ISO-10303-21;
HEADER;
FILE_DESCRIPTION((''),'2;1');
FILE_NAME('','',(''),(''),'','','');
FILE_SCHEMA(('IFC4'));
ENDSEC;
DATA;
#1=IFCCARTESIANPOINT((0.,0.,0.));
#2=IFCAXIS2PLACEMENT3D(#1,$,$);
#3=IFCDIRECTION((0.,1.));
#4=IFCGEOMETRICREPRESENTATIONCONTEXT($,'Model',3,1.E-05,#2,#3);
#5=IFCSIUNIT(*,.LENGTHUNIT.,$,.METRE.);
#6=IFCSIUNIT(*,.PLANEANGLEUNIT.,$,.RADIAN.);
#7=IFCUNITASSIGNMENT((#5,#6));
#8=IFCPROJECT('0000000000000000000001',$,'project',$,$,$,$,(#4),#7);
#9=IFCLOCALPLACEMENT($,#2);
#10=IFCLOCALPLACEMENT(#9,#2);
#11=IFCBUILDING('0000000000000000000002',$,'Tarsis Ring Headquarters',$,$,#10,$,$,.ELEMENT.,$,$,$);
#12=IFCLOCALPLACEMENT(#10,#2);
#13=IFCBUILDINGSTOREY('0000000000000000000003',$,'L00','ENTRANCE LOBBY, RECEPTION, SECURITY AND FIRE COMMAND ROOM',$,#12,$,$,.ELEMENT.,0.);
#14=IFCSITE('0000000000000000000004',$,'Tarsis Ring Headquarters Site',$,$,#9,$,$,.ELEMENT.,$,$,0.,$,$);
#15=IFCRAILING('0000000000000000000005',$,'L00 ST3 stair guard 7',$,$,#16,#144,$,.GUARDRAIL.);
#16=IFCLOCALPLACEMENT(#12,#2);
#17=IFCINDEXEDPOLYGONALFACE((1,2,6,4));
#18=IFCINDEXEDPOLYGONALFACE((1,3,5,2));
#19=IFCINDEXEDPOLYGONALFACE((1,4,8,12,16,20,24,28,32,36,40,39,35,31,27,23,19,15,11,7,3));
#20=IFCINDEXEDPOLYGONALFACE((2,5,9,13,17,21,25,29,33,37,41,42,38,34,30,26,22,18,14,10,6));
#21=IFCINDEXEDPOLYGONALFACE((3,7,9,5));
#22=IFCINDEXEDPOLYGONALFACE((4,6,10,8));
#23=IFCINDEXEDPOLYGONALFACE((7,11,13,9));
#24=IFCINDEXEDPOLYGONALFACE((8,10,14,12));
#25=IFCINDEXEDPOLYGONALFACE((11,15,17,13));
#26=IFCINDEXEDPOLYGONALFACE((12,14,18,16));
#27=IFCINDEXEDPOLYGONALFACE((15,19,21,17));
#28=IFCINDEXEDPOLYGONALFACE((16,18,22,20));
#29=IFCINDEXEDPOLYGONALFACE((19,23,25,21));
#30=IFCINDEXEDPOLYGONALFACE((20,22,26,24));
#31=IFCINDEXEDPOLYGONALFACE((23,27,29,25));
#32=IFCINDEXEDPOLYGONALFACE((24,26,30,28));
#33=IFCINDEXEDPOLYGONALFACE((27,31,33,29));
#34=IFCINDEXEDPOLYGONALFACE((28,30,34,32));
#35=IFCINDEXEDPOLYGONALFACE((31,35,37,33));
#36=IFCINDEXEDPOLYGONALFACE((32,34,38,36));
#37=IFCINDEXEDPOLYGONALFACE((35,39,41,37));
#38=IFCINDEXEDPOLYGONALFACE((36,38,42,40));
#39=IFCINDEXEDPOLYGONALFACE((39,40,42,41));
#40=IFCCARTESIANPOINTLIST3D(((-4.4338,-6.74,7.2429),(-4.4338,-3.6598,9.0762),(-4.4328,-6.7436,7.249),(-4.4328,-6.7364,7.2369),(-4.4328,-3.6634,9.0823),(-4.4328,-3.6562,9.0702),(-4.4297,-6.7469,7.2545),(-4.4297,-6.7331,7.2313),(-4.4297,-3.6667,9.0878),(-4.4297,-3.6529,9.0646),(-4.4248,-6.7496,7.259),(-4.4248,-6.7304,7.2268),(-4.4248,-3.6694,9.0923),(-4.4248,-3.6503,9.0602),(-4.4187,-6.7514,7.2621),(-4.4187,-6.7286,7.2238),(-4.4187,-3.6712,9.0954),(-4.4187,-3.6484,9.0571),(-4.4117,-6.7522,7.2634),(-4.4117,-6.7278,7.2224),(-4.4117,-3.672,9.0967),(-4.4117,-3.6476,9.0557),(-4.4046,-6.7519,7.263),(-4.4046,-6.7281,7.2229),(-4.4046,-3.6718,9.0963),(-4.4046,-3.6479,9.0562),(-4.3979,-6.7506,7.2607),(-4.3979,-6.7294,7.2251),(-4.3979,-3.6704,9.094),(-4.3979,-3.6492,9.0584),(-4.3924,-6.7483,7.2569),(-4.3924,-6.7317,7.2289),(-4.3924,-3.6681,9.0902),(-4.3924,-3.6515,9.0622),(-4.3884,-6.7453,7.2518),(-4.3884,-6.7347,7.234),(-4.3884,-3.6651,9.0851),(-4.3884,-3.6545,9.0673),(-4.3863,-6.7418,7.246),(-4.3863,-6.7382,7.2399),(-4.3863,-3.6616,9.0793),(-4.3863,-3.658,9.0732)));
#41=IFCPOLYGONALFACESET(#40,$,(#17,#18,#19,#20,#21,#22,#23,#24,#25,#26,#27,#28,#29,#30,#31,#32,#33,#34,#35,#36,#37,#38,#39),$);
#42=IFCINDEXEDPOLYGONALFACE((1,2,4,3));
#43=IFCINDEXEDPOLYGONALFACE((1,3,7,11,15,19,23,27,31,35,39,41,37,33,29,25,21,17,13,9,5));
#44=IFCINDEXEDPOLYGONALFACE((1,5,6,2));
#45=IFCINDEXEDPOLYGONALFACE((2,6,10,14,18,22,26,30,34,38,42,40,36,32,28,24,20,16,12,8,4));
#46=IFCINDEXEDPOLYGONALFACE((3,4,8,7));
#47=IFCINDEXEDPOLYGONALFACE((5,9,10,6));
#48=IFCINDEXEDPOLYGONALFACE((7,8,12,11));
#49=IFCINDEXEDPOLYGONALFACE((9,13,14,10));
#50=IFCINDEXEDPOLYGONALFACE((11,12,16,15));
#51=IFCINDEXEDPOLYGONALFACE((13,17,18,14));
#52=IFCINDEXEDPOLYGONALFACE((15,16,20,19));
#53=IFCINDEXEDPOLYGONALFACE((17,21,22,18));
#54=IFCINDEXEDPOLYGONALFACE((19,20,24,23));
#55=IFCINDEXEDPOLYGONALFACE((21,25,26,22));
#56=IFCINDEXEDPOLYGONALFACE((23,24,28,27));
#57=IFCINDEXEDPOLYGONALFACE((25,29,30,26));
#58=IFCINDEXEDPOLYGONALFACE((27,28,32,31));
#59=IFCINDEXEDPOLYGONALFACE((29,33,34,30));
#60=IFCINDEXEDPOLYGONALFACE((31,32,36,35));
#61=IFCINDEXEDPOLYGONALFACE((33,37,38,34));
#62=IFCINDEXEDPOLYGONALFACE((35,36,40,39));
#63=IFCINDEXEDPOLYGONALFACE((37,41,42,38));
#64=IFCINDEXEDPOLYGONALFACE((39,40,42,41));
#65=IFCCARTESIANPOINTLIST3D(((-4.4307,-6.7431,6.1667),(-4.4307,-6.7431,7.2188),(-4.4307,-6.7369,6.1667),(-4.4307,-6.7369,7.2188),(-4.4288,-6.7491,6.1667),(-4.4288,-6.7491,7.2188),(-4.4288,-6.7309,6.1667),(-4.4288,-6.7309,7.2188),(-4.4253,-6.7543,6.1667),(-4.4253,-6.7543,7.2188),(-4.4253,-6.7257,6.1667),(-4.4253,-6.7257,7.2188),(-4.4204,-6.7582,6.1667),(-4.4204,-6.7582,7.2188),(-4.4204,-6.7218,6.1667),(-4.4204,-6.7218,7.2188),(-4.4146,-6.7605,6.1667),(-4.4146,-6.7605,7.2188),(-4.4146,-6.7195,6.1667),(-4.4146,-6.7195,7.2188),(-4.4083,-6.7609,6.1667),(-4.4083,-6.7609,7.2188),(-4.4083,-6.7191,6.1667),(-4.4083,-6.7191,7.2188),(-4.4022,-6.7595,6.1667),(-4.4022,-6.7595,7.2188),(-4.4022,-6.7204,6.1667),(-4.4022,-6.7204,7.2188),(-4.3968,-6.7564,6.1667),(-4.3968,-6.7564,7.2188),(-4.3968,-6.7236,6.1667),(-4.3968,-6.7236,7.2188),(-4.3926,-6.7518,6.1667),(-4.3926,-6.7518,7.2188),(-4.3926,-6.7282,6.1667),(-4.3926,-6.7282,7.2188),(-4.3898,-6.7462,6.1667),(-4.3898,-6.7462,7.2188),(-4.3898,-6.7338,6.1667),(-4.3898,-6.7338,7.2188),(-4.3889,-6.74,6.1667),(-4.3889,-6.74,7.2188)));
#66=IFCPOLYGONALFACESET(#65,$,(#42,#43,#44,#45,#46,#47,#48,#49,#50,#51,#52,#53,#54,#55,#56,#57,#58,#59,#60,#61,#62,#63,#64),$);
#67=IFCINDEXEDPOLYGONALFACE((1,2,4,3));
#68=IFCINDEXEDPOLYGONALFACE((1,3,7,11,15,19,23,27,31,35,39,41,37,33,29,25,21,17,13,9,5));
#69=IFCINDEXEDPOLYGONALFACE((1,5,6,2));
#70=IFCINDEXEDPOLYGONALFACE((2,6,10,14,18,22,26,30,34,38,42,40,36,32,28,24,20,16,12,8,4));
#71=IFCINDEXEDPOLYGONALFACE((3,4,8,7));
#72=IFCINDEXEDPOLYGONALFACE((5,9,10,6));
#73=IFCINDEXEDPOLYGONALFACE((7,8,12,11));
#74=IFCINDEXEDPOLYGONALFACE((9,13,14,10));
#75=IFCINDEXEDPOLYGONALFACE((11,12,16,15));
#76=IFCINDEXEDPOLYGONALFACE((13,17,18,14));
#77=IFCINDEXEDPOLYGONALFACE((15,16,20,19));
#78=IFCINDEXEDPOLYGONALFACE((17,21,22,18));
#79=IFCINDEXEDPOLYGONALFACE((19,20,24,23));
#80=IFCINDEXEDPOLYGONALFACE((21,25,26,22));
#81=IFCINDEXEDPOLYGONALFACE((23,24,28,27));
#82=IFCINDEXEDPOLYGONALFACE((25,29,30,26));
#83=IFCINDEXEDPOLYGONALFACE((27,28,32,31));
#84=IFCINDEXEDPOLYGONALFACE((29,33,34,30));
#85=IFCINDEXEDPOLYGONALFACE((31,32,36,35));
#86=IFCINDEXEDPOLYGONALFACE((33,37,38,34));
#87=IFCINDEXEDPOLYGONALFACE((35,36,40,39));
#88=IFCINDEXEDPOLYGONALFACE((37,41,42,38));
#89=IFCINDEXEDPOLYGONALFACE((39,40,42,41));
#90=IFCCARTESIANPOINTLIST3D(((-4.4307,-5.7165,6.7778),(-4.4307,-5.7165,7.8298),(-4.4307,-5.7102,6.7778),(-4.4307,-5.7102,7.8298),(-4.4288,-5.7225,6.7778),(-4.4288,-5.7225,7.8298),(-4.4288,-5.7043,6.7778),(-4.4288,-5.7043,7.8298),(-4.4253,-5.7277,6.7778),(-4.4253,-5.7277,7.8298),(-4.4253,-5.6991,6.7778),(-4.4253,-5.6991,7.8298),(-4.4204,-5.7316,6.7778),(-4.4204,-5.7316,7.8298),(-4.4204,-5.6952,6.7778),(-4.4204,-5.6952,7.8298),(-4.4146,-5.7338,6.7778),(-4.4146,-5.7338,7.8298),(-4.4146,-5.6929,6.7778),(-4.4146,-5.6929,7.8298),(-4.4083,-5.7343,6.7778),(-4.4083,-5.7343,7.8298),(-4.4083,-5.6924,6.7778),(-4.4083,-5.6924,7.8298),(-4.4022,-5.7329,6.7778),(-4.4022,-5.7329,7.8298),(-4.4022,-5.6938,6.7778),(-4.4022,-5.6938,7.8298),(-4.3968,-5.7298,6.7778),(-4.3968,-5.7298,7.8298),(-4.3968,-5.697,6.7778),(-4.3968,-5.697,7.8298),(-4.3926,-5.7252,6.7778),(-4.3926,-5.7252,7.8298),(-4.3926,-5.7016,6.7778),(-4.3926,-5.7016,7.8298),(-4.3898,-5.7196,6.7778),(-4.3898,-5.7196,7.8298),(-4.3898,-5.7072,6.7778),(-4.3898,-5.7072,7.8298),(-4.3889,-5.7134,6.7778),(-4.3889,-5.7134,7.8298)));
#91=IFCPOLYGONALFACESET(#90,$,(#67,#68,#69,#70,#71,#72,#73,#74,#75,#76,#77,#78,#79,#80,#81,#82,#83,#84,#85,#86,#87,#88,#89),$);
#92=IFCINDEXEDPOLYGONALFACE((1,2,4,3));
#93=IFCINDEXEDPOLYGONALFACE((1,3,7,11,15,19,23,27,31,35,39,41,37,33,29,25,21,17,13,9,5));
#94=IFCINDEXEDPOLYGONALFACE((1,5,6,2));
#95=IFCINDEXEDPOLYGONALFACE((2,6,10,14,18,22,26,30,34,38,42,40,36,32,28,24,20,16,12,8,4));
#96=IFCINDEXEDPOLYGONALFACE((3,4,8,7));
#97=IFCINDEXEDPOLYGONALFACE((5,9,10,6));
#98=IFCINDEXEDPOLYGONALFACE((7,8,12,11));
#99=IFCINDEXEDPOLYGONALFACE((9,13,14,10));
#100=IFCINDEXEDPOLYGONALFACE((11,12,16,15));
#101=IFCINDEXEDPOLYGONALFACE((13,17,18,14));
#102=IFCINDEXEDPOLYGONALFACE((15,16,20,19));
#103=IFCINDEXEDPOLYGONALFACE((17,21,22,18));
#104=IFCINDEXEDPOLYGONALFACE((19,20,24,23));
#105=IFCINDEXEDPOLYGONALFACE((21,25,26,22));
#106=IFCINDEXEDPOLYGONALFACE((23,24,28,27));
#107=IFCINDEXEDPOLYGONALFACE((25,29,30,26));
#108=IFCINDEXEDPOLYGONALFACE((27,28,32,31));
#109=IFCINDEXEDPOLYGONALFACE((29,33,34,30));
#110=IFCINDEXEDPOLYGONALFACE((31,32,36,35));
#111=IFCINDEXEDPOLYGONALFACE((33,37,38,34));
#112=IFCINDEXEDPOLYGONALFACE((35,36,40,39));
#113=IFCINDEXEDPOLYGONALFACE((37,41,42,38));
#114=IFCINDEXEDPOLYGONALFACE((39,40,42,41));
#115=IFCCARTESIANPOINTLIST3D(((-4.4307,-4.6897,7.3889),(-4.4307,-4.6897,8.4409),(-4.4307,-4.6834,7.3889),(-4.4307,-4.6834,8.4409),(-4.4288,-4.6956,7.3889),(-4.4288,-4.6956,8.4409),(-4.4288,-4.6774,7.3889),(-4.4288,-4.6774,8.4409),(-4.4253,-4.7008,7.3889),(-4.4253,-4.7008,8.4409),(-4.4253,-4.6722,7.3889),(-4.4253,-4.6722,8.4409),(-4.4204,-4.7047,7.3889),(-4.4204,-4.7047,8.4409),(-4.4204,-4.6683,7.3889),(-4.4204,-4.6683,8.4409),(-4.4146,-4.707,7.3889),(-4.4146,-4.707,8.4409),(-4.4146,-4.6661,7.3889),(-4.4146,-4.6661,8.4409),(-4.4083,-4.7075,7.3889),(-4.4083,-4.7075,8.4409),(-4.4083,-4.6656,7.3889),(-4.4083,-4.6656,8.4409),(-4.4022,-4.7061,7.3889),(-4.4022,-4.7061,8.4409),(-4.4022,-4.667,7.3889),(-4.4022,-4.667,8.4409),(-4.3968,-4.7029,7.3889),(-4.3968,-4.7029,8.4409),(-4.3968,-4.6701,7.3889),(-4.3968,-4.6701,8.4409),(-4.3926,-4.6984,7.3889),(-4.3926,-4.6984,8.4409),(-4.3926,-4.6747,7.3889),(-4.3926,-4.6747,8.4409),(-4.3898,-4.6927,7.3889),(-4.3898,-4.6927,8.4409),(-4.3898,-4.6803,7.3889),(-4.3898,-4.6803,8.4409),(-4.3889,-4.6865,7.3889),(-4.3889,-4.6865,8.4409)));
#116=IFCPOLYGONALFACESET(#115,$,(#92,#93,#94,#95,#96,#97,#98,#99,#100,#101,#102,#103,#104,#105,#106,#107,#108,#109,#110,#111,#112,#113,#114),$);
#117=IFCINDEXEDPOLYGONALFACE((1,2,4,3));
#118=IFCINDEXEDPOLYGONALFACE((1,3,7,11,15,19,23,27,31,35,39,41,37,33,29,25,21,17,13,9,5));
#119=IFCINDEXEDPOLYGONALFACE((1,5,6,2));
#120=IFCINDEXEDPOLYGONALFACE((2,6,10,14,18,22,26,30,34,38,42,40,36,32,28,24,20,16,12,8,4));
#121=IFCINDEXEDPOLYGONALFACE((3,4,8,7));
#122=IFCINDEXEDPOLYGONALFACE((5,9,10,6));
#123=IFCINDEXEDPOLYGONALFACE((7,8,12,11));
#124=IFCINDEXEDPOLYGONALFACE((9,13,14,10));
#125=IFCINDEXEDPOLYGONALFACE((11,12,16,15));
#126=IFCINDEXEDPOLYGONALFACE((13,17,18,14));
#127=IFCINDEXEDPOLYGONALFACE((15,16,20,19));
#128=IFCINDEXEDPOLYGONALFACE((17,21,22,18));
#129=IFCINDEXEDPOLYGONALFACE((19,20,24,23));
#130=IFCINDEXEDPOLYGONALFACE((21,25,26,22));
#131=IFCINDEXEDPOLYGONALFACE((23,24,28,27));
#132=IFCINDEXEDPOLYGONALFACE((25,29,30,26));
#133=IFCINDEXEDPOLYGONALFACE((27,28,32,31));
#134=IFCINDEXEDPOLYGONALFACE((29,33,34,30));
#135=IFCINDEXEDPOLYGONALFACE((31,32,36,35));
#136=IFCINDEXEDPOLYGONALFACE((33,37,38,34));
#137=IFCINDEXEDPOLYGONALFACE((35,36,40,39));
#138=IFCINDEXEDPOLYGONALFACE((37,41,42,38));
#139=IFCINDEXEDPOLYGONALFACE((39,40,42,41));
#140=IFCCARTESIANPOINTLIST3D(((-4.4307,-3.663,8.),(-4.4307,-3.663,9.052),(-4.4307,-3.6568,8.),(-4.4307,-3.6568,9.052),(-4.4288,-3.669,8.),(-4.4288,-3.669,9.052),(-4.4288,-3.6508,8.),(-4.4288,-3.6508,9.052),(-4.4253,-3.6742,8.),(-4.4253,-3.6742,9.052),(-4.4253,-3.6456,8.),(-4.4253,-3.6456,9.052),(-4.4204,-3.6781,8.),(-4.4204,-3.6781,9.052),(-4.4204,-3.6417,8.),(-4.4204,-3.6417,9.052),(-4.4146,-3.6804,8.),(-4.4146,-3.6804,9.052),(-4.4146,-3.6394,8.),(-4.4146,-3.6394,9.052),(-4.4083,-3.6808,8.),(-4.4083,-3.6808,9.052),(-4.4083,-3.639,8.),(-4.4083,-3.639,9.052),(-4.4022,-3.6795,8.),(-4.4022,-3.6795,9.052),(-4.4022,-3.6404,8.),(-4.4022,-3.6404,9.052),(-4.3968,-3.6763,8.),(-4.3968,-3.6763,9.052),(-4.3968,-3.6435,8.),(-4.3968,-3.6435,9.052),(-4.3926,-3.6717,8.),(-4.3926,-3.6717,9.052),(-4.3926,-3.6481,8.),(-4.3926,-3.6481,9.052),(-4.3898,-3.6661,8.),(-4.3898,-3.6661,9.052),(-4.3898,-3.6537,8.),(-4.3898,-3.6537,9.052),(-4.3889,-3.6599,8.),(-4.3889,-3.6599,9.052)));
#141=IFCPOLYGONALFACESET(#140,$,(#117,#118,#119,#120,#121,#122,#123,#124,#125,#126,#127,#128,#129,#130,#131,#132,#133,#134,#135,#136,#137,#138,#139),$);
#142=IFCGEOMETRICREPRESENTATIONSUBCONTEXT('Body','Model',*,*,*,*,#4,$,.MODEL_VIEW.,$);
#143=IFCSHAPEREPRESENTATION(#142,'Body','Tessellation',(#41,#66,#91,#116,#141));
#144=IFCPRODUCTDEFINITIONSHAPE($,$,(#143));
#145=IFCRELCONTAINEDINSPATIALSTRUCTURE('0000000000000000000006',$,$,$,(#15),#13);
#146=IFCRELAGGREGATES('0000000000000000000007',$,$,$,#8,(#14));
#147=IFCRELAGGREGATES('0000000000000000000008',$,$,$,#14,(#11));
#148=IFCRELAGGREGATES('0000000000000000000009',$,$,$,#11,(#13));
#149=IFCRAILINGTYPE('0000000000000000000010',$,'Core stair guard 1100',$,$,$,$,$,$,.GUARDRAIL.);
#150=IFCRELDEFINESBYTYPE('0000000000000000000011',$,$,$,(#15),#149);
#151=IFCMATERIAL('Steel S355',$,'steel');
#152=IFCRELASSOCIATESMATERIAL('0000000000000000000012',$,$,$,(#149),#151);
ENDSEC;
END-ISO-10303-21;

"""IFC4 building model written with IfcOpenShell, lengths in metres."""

from ifc_helpers import new_model, si_unit, direction, frame, origin, origin_2d, place, context, subcontext, project, spatial, circle, extrude, material, type_object, element, save


model = new_model("IFC4")

# Units and contexts
model_context = context("Model", 3, precision=1e-05, world=origin(), true_north=direction((0.0, 1.0)))
body_context = subcontext(model_context, "Body", "Model", "MODEL_VIEW")
ifc_project = project(units=[si_unit("LENGTHUNIT", "METRE"), si_unit("PLANEANGLEUNIT", "RADIAN")], contexts=[model_context])

# Site, building, storey
site_placement = place(None, origin())
site = spatial("IfcSite", under=ifc_project, at=site_placement, Name="Tarsis Ring Headquarters Site", CompositionType="ELEMENT", RefElevation=0.0)
building_placement = place(site_placement, origin())
building = spatial("IfcBuilding", under=site, at=building_placement, Name="Tarsis Ring Headquarters", CompositionType="ELEMENT")
storey_placement = place(building_placement, origin())
storey = spatial("IfcBuildingStorey", under=building, at=storey_placement, Name="L00", Description="ENTRANCE LOBBY, RECEPTION, SECURITY AND FIRE COMMAND ROOM", CompositionType="ELEMENT", Elevation=0.0)

# Railing
ifc_material = material(Name="Steel S355", Category="steel")
railing_type_1 = type_object("IfcRailingType", Name="Core stair guard 1100", PredefinedType="GUARDRAIL", material=ifc_material)
railing_1_placement = place(storey_placement, frame((-4.4099, -6.74, 6.1667)))
element("IfcRailing", 1, at=railing_1_placement, inside=storey, type_object=railing_type_1, Name="L00 ST3 stair guard 7", PredefinedType="GUARDRAIL", context=body_context, shape_type="SweptSolid", body=[
    extrude(circle(Radius=0.0239, at=origin_2d()), frame((0.0, 0.0, 1.0762), z_axis=(0.0, 0.859309, 0.511458), x_axis=(-1.0, 0.0, 0.0)), (0.0, 0.0, 1.0), 3.5845),
    extrude(circle(Radius=0.021, at=origin_2d()), origin(), (0.0, 0.0, 1.0), 1.052),
    extrude(circle(Radius=0.021, at=origin_2d()), frame((0.0, 1.0266, 0.6111)), (0.0, 0.0, 1.0), 1.052),
    extrude(circle(Radius=0.021, at=origin_2d()), frame((0.0, 2.0535, 1.2222)), (0.0, 0.0, 1.0), 1.052),
    extrude(circle(Radius=0.021, at=origin_2d()), frame((0.0, 3.0801, 1.8333)), (0.0, 0.0, 1.0), 1.052),
])

save(model, "model.ifc")
